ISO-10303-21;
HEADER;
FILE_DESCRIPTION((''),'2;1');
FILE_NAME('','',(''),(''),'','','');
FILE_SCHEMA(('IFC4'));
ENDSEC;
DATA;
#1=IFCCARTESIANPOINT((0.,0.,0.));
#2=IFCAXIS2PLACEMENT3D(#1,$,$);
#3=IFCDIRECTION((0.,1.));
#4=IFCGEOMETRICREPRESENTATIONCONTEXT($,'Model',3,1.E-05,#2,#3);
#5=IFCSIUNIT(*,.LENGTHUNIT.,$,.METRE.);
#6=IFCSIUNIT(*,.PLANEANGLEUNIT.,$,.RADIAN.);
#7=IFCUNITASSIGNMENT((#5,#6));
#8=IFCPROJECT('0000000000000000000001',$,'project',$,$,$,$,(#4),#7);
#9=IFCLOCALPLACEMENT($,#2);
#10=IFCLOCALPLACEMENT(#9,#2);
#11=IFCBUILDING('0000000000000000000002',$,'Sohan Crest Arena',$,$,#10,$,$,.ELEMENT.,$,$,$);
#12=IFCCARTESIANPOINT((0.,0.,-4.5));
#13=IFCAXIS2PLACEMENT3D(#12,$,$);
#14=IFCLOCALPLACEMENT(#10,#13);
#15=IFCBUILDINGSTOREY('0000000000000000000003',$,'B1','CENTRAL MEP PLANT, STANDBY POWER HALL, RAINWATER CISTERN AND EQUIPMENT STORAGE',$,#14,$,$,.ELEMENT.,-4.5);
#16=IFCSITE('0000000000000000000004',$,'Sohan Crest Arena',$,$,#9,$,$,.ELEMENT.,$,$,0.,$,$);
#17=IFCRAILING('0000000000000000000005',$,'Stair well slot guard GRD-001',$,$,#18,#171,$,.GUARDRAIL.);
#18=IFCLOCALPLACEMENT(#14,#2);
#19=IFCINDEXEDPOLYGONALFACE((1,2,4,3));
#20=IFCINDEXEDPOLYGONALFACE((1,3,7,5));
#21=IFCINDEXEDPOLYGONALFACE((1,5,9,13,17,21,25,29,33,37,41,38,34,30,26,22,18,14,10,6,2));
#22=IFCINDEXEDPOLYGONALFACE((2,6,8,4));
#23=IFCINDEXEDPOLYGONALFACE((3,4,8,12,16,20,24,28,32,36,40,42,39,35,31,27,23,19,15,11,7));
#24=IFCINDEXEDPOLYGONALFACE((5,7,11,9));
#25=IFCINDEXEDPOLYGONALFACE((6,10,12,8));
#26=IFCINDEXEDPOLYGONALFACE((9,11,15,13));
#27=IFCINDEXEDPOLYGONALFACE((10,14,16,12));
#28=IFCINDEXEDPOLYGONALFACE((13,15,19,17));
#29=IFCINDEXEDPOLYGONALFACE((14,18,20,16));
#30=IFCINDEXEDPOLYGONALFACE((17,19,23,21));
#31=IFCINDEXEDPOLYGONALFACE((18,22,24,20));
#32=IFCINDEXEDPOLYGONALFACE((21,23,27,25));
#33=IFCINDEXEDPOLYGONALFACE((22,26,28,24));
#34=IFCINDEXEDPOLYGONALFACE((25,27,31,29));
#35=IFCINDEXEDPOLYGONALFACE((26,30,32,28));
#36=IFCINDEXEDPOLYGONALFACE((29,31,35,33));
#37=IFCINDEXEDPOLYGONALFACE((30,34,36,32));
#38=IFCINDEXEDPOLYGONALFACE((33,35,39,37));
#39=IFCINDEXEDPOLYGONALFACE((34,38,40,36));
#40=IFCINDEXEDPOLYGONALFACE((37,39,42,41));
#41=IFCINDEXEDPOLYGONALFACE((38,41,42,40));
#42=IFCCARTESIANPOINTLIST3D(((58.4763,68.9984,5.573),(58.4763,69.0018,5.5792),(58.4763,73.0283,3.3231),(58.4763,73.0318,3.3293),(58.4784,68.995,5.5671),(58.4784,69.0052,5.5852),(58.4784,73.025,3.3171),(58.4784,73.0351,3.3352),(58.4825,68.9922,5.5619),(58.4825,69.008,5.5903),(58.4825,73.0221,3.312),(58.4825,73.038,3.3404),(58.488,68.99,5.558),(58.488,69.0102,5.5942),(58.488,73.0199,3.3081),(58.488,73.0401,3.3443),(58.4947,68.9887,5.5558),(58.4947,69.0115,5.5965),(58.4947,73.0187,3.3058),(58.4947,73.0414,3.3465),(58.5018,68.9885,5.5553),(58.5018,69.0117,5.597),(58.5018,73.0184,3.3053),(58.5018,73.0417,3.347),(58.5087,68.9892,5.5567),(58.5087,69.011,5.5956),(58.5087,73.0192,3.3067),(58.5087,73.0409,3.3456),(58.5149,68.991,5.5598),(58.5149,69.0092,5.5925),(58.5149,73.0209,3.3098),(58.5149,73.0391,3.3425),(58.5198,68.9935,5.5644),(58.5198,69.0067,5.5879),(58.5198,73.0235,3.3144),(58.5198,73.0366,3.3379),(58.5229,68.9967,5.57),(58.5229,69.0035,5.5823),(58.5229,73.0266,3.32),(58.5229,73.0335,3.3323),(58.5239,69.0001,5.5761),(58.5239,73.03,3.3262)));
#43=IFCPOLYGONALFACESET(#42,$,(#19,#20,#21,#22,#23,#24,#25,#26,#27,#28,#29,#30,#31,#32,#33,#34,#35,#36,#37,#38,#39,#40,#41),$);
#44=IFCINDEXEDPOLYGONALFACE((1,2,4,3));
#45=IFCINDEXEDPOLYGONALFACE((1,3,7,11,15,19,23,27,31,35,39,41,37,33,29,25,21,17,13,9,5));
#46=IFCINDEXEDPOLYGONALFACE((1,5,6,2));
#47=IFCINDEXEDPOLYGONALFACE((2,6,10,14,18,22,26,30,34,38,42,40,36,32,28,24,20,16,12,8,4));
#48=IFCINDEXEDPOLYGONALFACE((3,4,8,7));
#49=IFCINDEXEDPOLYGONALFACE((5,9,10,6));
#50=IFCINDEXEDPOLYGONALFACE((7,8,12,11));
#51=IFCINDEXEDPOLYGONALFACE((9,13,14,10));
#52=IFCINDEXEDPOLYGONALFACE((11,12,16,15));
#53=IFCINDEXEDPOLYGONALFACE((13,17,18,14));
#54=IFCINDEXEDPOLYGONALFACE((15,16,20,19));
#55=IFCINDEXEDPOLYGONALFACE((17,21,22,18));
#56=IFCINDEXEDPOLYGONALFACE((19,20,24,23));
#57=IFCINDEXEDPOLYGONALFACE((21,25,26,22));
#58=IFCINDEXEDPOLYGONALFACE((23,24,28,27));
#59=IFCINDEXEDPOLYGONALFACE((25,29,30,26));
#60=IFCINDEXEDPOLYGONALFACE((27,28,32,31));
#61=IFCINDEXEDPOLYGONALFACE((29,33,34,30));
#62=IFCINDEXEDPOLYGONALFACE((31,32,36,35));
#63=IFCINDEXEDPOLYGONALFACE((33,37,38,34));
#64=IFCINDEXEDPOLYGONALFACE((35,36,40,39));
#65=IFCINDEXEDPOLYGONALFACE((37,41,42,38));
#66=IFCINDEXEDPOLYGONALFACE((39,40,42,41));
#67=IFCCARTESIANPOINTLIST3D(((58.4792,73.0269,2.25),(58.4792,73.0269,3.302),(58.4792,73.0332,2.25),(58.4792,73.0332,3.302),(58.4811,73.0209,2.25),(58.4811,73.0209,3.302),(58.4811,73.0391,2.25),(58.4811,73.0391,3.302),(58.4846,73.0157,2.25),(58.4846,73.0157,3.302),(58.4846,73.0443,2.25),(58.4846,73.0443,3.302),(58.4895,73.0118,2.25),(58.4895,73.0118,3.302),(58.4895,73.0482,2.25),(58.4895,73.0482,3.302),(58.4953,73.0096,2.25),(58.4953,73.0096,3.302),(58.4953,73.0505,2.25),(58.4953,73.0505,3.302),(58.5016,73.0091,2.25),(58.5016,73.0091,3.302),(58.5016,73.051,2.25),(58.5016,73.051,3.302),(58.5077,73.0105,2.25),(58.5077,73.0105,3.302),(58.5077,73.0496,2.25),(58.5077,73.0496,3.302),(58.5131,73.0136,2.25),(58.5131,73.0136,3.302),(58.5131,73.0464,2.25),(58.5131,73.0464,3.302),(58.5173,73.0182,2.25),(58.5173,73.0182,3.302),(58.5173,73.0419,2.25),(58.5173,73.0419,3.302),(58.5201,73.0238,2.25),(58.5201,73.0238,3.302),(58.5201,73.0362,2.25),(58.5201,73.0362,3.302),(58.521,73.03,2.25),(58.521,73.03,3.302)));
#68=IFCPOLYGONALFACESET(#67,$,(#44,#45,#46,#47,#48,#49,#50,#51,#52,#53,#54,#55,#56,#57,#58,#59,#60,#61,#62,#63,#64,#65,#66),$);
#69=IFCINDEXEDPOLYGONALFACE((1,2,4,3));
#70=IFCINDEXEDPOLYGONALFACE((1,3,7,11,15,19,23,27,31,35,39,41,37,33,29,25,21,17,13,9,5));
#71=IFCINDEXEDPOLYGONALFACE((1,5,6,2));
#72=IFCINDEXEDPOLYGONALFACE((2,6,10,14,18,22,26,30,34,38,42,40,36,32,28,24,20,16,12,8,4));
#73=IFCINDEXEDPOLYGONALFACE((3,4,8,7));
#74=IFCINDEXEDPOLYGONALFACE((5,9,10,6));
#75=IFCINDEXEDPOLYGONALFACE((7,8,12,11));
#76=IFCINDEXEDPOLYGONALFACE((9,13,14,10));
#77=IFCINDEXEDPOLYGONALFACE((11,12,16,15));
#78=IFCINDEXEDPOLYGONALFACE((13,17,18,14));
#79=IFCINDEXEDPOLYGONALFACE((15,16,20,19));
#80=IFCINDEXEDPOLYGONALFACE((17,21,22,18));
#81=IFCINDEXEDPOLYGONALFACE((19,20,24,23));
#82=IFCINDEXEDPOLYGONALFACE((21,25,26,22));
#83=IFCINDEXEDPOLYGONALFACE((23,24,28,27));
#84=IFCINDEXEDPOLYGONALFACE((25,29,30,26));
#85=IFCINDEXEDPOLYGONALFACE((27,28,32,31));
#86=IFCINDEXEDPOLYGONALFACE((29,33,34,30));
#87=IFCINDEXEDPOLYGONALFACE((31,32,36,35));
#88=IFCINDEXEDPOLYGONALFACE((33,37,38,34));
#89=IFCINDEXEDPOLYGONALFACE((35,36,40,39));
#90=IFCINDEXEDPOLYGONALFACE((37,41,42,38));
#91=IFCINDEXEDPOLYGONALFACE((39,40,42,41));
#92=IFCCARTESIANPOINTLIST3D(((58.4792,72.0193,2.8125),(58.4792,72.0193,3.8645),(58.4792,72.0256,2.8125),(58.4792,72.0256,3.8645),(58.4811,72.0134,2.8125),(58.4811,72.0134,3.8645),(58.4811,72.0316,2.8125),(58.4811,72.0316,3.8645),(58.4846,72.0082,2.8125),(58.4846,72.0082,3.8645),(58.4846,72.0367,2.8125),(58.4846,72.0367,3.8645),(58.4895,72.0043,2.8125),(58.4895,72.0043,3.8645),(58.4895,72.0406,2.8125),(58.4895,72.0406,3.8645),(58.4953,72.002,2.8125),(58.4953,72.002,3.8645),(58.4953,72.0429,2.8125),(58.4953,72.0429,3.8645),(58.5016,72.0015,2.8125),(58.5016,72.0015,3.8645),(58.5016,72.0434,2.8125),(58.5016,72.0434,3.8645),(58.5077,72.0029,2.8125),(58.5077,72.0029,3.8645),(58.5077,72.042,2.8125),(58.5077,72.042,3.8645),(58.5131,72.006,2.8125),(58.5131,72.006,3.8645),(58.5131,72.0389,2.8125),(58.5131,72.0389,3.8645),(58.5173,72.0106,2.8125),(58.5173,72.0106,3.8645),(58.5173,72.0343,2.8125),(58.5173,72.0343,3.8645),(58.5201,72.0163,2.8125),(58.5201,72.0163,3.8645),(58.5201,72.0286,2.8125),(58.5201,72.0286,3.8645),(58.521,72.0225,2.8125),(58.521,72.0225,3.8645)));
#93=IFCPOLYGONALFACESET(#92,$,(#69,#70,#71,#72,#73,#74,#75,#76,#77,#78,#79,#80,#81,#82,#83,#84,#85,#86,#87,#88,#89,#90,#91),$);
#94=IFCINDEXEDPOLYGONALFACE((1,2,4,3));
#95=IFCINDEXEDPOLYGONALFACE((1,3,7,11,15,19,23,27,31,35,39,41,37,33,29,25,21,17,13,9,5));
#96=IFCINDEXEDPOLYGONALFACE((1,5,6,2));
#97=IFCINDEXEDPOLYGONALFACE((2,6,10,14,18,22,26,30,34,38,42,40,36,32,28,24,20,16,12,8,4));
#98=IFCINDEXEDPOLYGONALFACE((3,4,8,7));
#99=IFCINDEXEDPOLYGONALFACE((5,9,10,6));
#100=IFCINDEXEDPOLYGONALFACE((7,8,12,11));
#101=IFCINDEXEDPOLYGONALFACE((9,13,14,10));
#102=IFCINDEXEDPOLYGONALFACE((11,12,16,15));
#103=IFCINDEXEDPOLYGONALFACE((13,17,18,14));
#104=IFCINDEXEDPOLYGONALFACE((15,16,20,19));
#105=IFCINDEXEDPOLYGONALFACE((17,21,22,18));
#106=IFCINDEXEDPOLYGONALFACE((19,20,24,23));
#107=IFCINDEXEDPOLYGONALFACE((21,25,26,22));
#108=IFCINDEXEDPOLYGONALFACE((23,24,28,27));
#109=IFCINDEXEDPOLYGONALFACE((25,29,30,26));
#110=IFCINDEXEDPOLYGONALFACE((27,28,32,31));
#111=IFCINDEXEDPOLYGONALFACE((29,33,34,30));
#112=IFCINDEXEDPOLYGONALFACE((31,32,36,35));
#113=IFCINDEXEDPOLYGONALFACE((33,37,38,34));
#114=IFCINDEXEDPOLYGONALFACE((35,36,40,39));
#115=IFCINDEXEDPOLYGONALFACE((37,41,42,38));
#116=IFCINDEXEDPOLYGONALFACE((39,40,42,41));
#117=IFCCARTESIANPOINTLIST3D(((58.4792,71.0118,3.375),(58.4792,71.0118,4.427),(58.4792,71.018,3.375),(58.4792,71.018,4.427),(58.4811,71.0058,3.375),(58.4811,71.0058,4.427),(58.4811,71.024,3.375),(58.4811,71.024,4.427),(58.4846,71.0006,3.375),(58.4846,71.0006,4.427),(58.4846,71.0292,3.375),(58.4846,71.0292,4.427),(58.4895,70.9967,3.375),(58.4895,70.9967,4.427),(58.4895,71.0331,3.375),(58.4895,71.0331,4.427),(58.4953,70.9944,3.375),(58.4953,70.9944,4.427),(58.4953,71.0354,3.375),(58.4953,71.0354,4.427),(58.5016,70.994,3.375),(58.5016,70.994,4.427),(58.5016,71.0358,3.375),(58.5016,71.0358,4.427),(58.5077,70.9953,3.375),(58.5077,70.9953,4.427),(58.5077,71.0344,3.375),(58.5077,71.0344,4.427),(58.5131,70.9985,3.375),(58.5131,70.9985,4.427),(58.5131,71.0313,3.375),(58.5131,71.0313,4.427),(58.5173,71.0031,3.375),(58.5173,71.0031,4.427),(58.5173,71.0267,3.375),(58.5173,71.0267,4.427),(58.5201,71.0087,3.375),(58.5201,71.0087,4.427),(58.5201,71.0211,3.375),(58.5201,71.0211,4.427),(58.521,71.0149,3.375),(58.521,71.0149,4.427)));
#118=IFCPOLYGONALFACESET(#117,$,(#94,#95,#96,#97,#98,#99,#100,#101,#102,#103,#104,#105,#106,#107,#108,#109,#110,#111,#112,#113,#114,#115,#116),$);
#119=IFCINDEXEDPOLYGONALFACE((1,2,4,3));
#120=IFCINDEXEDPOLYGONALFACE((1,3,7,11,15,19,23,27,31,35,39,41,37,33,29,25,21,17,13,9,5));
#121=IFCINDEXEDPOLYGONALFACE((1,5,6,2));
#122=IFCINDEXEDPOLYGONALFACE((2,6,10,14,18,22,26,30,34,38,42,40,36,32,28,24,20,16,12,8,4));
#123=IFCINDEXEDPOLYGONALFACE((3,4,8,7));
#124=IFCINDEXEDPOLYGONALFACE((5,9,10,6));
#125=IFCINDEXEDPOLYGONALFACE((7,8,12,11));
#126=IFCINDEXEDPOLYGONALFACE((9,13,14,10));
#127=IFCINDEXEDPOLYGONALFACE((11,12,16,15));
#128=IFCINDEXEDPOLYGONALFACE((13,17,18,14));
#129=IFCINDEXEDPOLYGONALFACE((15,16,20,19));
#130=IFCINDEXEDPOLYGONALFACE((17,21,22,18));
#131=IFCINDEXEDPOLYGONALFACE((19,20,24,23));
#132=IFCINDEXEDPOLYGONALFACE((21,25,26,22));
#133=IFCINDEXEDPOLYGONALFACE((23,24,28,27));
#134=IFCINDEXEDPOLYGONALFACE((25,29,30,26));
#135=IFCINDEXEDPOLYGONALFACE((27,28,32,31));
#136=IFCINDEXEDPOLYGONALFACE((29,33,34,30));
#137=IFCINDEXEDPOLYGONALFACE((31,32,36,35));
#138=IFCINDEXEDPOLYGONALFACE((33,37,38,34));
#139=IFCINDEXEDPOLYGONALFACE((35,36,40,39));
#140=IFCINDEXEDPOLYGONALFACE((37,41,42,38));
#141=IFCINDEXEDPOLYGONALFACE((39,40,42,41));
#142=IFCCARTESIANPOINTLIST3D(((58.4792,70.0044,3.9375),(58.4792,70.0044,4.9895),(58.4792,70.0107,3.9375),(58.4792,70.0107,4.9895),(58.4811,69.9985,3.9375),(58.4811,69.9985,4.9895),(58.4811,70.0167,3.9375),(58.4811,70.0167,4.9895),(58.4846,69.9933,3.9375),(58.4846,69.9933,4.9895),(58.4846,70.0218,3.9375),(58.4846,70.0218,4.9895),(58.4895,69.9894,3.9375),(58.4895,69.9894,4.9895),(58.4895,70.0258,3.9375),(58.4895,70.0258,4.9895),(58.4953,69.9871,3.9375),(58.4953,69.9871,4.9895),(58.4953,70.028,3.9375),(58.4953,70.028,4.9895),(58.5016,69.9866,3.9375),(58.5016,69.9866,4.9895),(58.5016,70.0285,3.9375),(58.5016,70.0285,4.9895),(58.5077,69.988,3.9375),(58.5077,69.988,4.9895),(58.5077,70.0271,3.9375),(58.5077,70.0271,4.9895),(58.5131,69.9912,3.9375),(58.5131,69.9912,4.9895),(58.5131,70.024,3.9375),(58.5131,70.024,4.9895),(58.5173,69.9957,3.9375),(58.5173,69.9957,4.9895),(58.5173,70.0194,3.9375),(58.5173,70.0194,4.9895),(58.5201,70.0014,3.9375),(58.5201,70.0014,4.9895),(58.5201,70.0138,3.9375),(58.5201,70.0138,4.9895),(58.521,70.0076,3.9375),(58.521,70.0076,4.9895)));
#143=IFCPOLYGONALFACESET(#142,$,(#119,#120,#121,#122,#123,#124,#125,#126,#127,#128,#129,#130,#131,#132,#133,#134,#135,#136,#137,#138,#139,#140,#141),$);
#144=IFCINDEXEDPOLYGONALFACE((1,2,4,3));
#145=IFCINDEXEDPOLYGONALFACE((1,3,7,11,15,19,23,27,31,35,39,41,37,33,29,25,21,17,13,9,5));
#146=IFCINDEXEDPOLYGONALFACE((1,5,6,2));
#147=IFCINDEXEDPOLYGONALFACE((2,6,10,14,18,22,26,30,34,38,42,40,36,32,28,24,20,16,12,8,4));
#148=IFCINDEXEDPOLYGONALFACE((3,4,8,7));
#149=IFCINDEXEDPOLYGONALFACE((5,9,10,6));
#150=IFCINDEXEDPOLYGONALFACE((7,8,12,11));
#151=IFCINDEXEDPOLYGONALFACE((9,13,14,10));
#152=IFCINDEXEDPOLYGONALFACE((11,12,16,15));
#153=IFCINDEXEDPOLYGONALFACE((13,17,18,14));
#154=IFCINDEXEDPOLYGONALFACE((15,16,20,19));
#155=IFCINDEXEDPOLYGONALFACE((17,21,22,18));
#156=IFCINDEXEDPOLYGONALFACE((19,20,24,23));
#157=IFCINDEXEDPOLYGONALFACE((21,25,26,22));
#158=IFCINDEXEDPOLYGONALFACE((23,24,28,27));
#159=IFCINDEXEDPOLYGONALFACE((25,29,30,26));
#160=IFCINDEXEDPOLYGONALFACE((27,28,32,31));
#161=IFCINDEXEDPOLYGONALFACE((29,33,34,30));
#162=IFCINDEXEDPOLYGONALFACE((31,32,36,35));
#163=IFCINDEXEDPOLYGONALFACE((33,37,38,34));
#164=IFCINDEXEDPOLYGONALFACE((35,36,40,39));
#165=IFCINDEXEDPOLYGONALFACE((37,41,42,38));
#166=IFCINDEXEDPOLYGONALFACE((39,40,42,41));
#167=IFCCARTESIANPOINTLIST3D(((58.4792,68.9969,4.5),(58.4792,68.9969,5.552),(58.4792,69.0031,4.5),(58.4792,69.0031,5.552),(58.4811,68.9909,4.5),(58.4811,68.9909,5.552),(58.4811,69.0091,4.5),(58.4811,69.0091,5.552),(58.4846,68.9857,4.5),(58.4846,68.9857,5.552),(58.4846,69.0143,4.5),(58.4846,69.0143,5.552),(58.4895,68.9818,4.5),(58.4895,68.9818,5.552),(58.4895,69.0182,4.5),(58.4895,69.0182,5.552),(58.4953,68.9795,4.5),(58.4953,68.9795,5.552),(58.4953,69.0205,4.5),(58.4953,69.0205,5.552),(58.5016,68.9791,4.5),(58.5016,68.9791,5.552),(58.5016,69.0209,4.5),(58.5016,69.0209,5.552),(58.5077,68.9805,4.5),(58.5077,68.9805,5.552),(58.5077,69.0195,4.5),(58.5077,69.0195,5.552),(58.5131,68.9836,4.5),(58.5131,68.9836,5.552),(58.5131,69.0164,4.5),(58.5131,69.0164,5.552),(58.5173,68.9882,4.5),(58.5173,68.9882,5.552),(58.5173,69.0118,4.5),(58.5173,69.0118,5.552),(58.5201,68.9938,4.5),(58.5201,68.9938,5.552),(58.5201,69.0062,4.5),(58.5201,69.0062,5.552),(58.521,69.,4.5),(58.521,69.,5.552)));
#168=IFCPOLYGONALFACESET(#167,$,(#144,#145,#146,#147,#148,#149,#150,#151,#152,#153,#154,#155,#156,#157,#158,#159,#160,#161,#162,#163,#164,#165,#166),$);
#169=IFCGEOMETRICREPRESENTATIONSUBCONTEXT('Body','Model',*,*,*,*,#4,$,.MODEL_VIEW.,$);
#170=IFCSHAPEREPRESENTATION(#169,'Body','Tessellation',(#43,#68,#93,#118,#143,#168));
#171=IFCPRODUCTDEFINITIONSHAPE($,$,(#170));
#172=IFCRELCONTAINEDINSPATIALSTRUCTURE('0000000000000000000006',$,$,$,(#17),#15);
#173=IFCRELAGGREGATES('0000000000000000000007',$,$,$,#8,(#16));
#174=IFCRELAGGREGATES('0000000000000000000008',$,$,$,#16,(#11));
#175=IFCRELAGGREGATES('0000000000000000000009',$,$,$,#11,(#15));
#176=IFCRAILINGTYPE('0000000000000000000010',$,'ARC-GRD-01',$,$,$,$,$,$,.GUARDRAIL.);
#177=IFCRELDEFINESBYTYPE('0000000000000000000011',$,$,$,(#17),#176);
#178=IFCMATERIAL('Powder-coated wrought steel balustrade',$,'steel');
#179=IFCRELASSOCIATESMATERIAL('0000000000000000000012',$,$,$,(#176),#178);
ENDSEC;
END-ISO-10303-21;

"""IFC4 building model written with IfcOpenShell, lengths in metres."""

from ifc_helpers import new_model, si_unit, direction, frame, origin, origin_2d, place, context, subcontext, project, spatial, circle, extrude, material, type_object, element, save


model = new_model("IFC4")

# Units and contexts
model_context = context("Model", 3, precision=1e-05, world=origin(), true_north=direction((0.0, 1.0)))
body_context = subcontext(model_context, "Body", "Model", "MODEL_VIEW")
ifc_project = project(units=[si_unit("LENGTHUNIT", "METRE"), si_unit("PLANEANGLEUNIT", "RADIAN")], contexts=[model_context])

# Site, building, storey
site_placement = place(None, origin())
site = spatial("IfcSite", under=ifc_project, at=site_placement, Name="Sohan Crest Arena", CompositionType="ELEMENT", RefElevation=0.0)
building_placement = place(site_placement, origin())
building = spatial("IfcBuilding", under=site, at=building_placement, Name="Sohan Crest Arena", CompositionType="ELEMENT")
storey_placement = place(building_placement, frame((0.0, 0.0, -4.5)))
storey = spatial("IfcBuildingStorey", under=building, at=storey_placement, Name="B1", Description="CENTRAL MEP PLANT, STANDBY POWER HALL, RAINWATER CISTERN AND EQUIPMENT STORAGE", CompositionType="ELEMENT", Elevation=-4.5)

# Railing
ifc_material_1 = material(Name="Powder-coated wrought steel balustrade", Category="steel")
railing_type_1 = type_object("IfcRailingType", Name="ARC-GRD-01", PredefinedType="GUARDRAIL", material=ifc_material_1)
for number, where, name in (
    (1, (58.5, 73.03, 2.25), "Stair well slot guard GRD-001"),
):
    element("IfcRailing", number, at=place(storey_placement, frame(where)), inside=storey, type_object=railing_type_1, Name=name, PredefinedType="GUARDRAIL", context=body_context, shape_type="SweptSolid", body=[
        extrude(circle(Radius=0.0239, at=origin_2d()), frame((0.0, 0.0, 1.0762), z_axis=(0.0, -0.873135, 0.487479), x_axis=(1.0, 0.0, 0.0)), (0.0, 0.0, 1.0), 4.6155),
        extrude(circle(Radius=0.021, at=origin_2d()), origin(), (0.0, 0.0, 1.0), 1.052),
        extrude(circle(Radius=0.021, at=origin_2d()), frame((0.0, -1.0076, 0.5625)), (0.0, 0.0, 1.0), 1.052),
        extrude(circle(Radius=0.021, at=origin_2d()), frame((0.0, -2.0151, 1.125)), (0.0, 0.0, 1.0), 1.052),
        extrude(circle(Radius=0.021, at=origin_2d()), frame((0.0, -3.0225, 1.6875)), (0.0, 0.0, 1.0), 1.052),
        extrude(circle(Radius=0.021, at=origin_2d()), frame((0.0, -4.03, 2.25)), (0.0, 0.0, 1.0), 1.052),
    ])

save(model, "model.ifc")
